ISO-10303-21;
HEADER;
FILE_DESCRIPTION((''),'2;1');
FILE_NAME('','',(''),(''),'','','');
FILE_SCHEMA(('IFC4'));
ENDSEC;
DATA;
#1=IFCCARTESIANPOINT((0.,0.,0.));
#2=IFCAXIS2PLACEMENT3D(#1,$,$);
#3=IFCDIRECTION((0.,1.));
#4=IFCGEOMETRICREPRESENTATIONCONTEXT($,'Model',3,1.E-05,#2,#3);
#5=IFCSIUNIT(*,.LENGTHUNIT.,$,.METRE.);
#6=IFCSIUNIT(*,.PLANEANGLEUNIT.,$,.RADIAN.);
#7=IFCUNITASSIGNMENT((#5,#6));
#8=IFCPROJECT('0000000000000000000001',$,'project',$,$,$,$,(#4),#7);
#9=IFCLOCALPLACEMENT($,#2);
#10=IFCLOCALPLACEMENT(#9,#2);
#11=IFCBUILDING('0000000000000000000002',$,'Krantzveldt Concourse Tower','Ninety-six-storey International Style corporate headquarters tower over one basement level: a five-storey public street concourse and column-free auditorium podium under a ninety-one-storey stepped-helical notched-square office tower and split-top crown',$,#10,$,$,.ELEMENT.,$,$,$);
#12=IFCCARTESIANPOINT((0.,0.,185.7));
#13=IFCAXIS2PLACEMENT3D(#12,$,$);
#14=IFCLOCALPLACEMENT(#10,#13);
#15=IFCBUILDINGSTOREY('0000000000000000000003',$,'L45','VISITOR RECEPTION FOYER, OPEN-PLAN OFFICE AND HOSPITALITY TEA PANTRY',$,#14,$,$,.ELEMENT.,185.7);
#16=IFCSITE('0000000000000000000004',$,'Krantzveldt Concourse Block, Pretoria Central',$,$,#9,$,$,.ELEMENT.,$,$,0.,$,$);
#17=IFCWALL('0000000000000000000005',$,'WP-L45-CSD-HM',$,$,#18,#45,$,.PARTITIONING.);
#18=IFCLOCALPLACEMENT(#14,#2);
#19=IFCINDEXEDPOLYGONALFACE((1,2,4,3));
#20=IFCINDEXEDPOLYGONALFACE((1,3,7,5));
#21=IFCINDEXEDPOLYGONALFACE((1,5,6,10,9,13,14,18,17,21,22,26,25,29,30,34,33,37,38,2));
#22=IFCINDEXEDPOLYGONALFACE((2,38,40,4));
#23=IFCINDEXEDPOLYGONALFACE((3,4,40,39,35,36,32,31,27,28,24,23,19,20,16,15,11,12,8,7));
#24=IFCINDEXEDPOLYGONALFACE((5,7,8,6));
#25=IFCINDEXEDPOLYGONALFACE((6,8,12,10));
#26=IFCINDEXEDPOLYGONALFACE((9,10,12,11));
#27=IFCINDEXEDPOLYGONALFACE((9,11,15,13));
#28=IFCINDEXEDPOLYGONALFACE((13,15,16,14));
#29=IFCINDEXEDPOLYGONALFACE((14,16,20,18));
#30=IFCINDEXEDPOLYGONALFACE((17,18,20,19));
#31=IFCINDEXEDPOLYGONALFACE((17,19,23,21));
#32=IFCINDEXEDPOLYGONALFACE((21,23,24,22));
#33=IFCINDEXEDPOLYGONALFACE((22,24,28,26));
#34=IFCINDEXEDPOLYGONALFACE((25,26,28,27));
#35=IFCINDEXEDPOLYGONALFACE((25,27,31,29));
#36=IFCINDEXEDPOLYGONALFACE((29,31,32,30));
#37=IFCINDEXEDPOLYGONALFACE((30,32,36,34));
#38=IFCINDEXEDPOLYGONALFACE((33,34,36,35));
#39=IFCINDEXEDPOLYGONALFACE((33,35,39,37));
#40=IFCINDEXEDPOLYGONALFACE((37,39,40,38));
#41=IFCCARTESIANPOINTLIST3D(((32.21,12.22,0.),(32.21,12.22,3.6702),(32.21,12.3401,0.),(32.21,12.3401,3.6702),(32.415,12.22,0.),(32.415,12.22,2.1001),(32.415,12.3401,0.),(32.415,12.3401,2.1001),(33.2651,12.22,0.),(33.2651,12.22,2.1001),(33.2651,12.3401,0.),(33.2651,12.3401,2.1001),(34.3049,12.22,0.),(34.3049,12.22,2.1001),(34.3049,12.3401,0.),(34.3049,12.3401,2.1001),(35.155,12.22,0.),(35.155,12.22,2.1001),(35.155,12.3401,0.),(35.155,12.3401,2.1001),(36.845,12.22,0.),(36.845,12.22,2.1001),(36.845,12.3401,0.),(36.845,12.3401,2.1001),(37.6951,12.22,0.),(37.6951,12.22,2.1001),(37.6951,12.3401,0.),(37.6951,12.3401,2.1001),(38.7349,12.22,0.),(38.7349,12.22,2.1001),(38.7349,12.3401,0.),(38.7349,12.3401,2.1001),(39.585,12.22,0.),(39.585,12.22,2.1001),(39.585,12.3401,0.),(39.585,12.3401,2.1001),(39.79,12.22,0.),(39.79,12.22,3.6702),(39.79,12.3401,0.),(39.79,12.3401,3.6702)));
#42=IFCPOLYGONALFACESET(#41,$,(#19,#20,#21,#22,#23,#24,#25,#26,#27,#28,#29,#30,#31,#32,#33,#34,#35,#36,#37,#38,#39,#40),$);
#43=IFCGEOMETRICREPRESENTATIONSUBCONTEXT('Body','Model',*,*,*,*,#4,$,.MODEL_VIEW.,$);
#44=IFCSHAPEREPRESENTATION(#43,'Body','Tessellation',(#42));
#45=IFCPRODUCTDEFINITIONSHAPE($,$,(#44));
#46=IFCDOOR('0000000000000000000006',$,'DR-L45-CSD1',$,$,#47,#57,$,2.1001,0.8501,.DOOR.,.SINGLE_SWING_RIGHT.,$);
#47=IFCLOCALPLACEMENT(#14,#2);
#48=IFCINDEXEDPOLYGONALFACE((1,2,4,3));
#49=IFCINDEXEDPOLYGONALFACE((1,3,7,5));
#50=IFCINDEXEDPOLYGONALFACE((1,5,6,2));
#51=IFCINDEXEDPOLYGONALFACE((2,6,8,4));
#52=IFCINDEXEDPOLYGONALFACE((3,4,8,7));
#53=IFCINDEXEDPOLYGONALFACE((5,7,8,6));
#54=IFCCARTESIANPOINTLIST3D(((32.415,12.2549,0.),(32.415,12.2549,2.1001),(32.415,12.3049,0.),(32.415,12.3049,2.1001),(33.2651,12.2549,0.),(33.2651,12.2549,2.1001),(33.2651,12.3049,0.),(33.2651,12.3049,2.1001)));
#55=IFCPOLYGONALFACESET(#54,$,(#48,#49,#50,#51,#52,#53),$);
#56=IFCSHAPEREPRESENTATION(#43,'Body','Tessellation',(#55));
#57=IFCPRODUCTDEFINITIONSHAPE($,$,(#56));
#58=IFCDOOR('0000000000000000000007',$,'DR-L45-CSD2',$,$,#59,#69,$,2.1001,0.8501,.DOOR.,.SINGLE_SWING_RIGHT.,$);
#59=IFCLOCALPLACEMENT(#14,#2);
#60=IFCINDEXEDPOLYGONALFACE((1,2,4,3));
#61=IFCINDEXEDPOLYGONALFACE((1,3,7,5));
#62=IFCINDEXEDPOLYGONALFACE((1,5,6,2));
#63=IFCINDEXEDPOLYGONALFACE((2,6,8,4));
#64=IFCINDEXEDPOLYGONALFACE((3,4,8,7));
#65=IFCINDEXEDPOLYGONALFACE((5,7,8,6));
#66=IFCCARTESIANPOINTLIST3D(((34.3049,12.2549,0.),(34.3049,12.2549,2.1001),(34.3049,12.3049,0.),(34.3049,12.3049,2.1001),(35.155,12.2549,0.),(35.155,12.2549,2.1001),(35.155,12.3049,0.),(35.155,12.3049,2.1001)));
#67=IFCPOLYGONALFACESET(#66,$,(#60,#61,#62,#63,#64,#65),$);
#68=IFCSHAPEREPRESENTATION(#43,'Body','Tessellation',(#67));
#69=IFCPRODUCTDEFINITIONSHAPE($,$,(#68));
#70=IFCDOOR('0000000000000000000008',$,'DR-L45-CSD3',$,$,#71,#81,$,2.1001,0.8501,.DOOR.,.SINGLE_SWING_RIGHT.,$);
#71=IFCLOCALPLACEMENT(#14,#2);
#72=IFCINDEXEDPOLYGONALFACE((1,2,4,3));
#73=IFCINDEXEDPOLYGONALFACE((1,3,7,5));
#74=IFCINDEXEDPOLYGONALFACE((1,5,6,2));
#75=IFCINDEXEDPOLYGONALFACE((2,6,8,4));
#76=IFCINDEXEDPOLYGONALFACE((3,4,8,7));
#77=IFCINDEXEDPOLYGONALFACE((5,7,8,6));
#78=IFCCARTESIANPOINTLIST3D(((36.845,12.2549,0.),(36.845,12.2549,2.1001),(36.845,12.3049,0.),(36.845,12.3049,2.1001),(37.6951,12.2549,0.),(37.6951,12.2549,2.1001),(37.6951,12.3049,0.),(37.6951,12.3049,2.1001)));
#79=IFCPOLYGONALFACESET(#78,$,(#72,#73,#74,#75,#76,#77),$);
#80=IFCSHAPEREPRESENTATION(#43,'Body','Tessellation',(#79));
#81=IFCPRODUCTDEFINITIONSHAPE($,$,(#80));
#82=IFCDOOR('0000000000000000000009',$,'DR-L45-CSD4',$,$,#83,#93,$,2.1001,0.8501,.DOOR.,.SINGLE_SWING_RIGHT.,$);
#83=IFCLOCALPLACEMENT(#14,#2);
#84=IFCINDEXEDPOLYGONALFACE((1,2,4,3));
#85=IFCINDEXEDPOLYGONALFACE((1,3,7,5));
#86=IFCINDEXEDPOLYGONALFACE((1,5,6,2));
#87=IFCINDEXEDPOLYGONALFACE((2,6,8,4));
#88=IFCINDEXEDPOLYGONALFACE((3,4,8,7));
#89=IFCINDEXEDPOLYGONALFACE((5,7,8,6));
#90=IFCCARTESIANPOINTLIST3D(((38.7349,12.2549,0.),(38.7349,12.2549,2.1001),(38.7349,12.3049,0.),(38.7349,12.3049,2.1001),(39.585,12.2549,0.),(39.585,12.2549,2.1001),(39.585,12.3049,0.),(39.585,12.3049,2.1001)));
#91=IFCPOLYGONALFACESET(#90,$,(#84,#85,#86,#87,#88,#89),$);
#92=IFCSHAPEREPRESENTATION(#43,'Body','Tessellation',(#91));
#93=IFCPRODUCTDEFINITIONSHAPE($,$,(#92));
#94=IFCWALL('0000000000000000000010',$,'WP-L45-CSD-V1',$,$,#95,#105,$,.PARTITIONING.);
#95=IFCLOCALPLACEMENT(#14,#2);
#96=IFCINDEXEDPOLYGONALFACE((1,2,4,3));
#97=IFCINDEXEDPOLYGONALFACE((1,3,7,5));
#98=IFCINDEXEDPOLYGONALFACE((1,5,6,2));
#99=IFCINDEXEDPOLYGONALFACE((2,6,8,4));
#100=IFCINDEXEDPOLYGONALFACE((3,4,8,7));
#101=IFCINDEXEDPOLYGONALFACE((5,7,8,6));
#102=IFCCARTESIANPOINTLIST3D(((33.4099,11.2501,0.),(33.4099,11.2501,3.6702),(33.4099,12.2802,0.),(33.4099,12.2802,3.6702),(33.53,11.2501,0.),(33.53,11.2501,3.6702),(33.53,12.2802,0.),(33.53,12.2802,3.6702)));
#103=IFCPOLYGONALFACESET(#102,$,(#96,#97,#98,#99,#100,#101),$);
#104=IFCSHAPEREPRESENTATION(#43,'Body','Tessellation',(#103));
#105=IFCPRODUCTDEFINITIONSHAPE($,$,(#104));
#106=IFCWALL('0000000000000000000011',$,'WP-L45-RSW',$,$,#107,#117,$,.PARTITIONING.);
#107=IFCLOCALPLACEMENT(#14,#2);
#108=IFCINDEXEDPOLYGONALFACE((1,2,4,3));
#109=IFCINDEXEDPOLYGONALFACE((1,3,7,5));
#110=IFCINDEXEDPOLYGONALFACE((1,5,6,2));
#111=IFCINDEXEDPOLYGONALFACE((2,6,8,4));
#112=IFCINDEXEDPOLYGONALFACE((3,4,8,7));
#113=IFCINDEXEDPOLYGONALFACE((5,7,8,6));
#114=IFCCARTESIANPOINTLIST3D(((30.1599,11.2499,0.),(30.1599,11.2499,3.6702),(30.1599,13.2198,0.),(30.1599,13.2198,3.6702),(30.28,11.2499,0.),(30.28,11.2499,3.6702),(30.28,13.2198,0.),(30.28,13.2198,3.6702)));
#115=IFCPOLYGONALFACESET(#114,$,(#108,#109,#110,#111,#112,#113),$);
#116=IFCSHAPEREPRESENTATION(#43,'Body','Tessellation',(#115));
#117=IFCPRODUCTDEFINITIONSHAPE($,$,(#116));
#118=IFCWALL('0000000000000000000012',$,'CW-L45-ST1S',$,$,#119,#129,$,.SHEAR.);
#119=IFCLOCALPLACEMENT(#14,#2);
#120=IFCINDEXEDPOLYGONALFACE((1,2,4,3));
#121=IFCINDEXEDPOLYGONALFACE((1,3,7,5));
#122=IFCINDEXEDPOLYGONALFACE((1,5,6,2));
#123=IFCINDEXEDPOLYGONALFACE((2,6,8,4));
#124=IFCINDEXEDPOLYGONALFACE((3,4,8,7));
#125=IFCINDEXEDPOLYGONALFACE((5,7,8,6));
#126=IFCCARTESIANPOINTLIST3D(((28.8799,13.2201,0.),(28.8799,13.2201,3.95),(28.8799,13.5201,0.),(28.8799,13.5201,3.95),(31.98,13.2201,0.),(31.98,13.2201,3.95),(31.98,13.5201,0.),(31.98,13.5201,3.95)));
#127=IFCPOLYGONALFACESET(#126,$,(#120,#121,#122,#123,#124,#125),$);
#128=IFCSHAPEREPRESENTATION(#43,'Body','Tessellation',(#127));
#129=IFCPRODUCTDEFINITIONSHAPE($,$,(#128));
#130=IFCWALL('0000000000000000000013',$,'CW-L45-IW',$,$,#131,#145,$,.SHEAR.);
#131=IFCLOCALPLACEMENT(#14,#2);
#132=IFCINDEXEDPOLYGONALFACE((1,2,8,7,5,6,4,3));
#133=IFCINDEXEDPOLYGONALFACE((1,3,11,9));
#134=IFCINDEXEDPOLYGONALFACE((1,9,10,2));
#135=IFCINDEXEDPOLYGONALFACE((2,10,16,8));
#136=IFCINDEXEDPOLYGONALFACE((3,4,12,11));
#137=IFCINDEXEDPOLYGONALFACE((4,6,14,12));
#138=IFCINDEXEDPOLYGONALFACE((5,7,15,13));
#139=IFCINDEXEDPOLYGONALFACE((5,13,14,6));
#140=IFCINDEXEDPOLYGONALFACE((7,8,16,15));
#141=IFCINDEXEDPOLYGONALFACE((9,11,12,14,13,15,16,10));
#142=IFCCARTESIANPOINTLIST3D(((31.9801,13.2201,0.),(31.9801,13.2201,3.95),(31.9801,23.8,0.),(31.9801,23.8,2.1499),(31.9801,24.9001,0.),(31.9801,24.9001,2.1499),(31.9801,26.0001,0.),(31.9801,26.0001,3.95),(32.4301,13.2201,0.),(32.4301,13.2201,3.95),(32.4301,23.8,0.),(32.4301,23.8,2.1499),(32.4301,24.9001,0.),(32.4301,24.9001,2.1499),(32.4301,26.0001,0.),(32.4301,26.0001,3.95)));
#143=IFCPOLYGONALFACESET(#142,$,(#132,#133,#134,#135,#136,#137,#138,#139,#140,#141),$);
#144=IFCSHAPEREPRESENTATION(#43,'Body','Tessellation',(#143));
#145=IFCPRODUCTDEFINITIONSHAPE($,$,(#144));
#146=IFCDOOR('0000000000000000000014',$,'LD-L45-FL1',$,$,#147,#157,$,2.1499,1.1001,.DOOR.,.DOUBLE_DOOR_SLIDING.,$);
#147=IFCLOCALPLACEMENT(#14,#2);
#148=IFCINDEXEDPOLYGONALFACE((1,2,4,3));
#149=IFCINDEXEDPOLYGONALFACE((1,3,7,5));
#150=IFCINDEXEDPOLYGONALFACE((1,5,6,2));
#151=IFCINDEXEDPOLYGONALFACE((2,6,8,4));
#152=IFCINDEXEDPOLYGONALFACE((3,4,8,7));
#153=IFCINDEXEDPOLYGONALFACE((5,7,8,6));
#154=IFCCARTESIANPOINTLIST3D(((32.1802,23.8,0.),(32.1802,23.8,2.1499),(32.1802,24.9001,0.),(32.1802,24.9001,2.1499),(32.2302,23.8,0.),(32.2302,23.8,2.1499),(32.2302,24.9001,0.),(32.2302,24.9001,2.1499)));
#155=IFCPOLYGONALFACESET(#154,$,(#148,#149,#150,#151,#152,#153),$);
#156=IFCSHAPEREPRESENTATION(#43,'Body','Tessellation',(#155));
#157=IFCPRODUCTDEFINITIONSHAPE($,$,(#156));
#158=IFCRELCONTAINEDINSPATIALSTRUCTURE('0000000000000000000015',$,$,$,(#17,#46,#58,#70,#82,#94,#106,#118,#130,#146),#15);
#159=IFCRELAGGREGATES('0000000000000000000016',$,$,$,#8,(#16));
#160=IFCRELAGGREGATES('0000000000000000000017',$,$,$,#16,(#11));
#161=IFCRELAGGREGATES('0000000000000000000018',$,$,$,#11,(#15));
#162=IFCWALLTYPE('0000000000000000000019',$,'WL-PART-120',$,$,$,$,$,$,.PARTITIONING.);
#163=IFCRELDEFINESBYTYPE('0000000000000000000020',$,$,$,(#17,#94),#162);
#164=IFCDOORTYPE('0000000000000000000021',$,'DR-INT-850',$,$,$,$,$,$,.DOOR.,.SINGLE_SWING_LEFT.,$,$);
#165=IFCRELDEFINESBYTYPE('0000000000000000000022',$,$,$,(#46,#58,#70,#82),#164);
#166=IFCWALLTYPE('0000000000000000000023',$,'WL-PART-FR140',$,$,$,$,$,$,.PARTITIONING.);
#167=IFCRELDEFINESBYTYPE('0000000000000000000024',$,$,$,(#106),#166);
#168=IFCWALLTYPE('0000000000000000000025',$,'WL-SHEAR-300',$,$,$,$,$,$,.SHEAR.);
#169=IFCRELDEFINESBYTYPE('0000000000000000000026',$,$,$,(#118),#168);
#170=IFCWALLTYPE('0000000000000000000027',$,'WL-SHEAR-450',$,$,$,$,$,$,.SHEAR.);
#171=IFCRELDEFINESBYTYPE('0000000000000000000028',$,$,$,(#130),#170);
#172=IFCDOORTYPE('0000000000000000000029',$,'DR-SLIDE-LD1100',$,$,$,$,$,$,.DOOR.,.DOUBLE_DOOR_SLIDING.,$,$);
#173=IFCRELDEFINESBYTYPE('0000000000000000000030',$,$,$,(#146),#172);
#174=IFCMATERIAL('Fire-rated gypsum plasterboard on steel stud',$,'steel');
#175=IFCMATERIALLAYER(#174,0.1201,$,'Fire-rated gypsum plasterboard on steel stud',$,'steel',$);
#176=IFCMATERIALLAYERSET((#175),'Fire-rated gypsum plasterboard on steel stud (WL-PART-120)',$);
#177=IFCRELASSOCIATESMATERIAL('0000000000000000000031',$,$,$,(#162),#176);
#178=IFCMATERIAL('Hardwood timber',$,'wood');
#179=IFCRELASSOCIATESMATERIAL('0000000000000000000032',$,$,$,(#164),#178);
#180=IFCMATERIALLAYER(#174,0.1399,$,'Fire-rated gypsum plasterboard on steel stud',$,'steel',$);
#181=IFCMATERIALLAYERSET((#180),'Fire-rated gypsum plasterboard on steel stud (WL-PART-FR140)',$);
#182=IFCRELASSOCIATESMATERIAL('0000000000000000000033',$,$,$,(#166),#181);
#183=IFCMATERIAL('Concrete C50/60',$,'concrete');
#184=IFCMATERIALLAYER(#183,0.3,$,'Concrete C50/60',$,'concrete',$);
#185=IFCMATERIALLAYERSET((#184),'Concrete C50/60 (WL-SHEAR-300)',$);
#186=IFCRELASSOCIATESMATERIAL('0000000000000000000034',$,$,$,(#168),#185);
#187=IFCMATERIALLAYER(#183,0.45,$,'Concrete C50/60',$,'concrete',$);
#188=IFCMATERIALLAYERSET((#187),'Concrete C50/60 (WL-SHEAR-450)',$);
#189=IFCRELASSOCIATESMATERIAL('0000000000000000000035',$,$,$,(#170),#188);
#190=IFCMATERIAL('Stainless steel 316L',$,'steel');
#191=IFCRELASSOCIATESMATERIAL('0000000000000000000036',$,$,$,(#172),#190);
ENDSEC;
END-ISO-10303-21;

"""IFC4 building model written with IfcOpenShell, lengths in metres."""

from ifc_helpers import new_model, si_unit, direction, frame, frame_2d, origin, place, context, subcontext, project, spatial, rectangle, extrude, material, layer, layer_set, type_object, element, fill, save


model = new_model("IFC4")

# Units and contexts
model_context = context("Model", 3, precision=1e-05, world=origin(), true_north=direction((0.0, 1.0)))
body_context = subcontext(model_context, "Body", "Model", "MODEL_VIEW")
ifc_project = project(units=[si_unit("LENGTHUNIT", "METRE"), si_unit("PLANEANGLEUNIT", "RADIAN")], contexts=[model_context])

# Site, building, storey
site_placement = place(None, origin())
site = spatial("IfcSite", under=ifc_project, at=site_placement, Name="Krantzveldt Concourse Block, Pretoria Central", CompositionType="ELEMENT", RefElevation=0.0)
building_placement = place(site_placement, origin())
building = spatial("IfcBuilding", under=site, at=building_placement, Name="Krantzveldt Concourse Tower", Description="Ninety-six-storey International Style corporate headquarters tower over one basement level: a five-storey public street concourse and column-free auditorium podium under a ninety-one-storey stepped-helical notched-square office tower and split-top crown", CompositionType="ELEMENT")
storey_placement = place(building_placement, frame((0.0, 0.0, 185.7)))
storey = spatial("IfcBuildingStorey", under=building, at=storey_placement, Name="L45", Description="VISITOR RECEPTION FOYER, OPEN-PLAN OFFICE AND HOSPITALITY TEA PANTRY", CompositionType="ELEMENT", Elevation=185.7)

# Shared definitions
ifc_material_1 = material(Name="Fire-rated gypsum plasterboard on steel stud", Category="steel")
ifc_layer_1 = layer(ifc_material_1, 0.1201, Name="Fire-rated gypsum plasterboard on steel stud", Category="steel")
ifc_layer_set_1 = layer_set([ifc_layer_1], Name="Fire-rated gypsum plasterboard on steel stud (WL-PART-120)")
wall_type_1 = type_object("IfcWallType", Name="WL-PART-120", PredefinedType="PARTITIONING", material=ifc_layer_set_1)
ifc_material_2 = material(Name="Hardwood timber", Category="wood")
door_type_1 = type_object("IfcDoorType", Name="DR-INT-850", OperationType="SINGLE_SWING_LEFT", PredefinedType="DOOR", material=ifc_material_2)

# Wall, openings, doors
wall_1_placement = place(storey_placement, frame((32.21, 12.28, 0.0), z_axis=(0.0, 0.0, 1.0), x_axis=(1.0, 0.0, 0.0)))
wall_1 = element("IfcWall", 1, at=wall_1_placement, inside=storey, type_object=wall_type_1, Name="WP-L45-CSD-HM", PredefinedType="PARTITIONING", context=body_context, shape_type="SweptSolid", body=[
    extrude(rectangle(XDim=7.5801, YDim=0.1201, at=frame_2d((3.79, 0.0))), origin(), (0.0, 0.0, 1.0), 3.6702),
])
opening_1_placement = place(wall_1_placement, frame((0.2051, 0.0, 0.0)))
opening_1 = element("IfcOpeningElement", 2, at=opening_1_placement, cuts=wall_1, PredefinedType="OPENING", context=body_context, shape_type="SweptSolid", body=[
    extrude(rectangle(XDim=0.8501, YDim=2.1001, at=frame_2d((0.425, 1.05))), frame((0.0, 0.0701, 0.0), z_axis=(0.0, -1.0, 0.0), x_axis=(1.0, 0.0, 0.0)), (0.0, 0.0, 1.0), 0.1401),
])
opening_2_placement = place(wall_1_placement, frame((2.095, 0.0, 0.0)))
opening_2 = element("IfcOpeningElement", 3, at=opening_2_placement, cuts=wall_1, PredefinedType="OPENING", context=body_context, shape_type="SweptSolid", body=[
    extrude(rectangle(XDim=0.8501, YDim=2.1001, at=frame_2d((0.425, 1.05))), frame((0.0, 0.0701, 0.0), z_axis=(0.0, -1.0, 0.0), x_axis=(1.0, 0.0, 0.0)), (0.0, 0.0, 1.0), 0.1401),
])
opening_3_placement = place(wall_1_placement, frame((4.635, 0.0, 0.0)))
opening_3 = element("IfcOpeningElement", 4, at=opening_3_placement, cuts=wall_1, PredefinedType="OPENING", context=body_context, shape_type="SweptSolid", body=[
    extrude(rectangle(XDim=0.8501, YDim=2.1001, at=frame_2d((0.425, 1.05))), frame((0.0, 0.0701, 0.0), z_axis=(0.0, -1.0, 0.0), x_axis=(1.0, 0.0, 0.0)), (0.0, 0.0, 1.0), 0.1401),
])
opening_4_placement = place(wall_1_placement, frame((6.5249, 0.0, 0.0)))
opening_4 = element("IfcOpeningElement", 5, at=opening_4_placement, cuts=wall_1, PredefinedType="OPENING", context=body_context, shape_type="SweptSolid", body=[
    extrude(rectangle(XDim=0.8501, YDim=2.1001, at=frame_2d((0.425, 1.05))), frame((0.0, 0.0701, 0.0), z_axis=(0.0, -1.0, 0.0), x_axis=(1.0, 0.0, 0.0)), (0.0, 0.0, 1.0), 0.1401),
])
door_1_placement = place(opening_1_placement, origin())
door_1 = element("IfcDoor", 6, at=door_1_placement, inside=storey, type_object=door_type_1, Name="DR-L45-CSD1", OperationType="SINGLE_SWING_RIGHT", OverallHeight=2.1001, OverallWidth=0.8501, PredefinedType="DOOR", context=body_context, shape_type="SweptSolid", body=[
    extrude(rectangle(XDim=0.8501, YDim=2.1001, at=frame_2d((0.425, 1.05))), frame((0.0, 0.0249, 0.0), z_axis=(0.0, -1.0, 0.0), x_axis=(1.0, 0.0, 0.0)), (0.0, 0.0, 1.0), 0.05),
])
fill(opening_1, door_1)
door_2_placement = place(opening_2_placement, origin())
door_2 = element("IfcDoor", 7, at=door_2_placement, inside=storey, type_object=door_type_1, Name="DR-L45-CSD2", OperationType="SINGLE_SWING_RIGHT", OverallHeight=2.1001, OverallWidth=0.8501, PredefinedType="DOOR", context=body_context, shape_type="SweptSolid", body=[
    extrude(rectangle(XDim=0.8501, YDim=2.1001, at=frame_2d((0.425, 1.05))), frame((0.0, 0.0249, 0.0), z_axis=(0.0, -1.0, 0.0), x_axis=(1.0, 0.0, 0.0)), (0.0, 0.0, 1.0), 0.05),
])
fill(opening_2, door_2)
door_3_placement = place(opening_3_placement, origin())
door_3 = element("IfcDoor", 8, at=door_3_placement, inside=storey, type_object=door_type_1, Name="DR-L45-CSD3", OperationType="SINGLE_SWING_RIGHT", OverallHeight=2.1001, OverallWidth=0.8501, PredefinedType="DOOR", context=body_context, shape_type="SweptSolid", body=[
    extrude(rectangle(XDim=0.8501, YDim=2.1001, at=frame_2d((0.425, 1.05))), frame((0.0, 0.0249, 0.0), z_axis=(0.0, -1.0, 0.0), x_axis=(1.0, 0.0, 0.0)), (0.0, 0.0, 1.0), 0.05),
])
fill(opening_3, door_3)
door_4_placement = place(opening_4_placement, origin())
door_4 = element("IfcDoor", 9, at=door_4_placement, inside=storey, type_object=door_type_1, Name="DR-L45-CSD4", OperationType="SINGLE_SWING_RIGHT", OverallHeight=2.1001, OverallWidth=0.8501, PredefinedType="DOOR", context=body_context, shape_type="SweptSolid", body=[
    extrude(rectangle(XDim=0.8501, YDim=2.1001, at=frame_2d((0.425, 1.05))), frame((0.0, 0.0249, 0.0), z_axis=(0.0, -1.0, 0.0), x_axis=(1.0, 0.0, 0.0)), (0.0, 0.0, 1.0), 0.05),
])
fill(opening_4, door_4)

# Walls
wall_2_placement = place(storey_placement, frame((33.47, 11.25, 0.0), z_axis=(0.0, 0.0, 1.0), x_axis=(0.0, 1.0, 0.0)))
element("IfcWall", 10, at=wall_2_placement, inside=storey, type_object=wall_type_1, Name="WP-L45-CSD-V1", PredefinedType="PARTITIONING", context=body_context, shape_type="SweptSolid", body=[
    extrude(rectangle(XDim=1.03, YDim=0.1201, at=frame_2d((0.5151, 0.0))), origin(), (0.0, 0.0, 1.0), 3.6702),
])
ifc_layer_2 = layer(ifc_material_1, 0.1399, Name="Fire-rated gypsum plasterboard on steel stud", Category="steel")
ifc_layer_set_2 = layer_set([ifc_layer_2], Name="Fire-rated gypsum plasterboard on steel stud (WL-PART-FR140)")
wall_type_2 = type_object("IfcWallType", Name="WL-PART-FR140", PredefinedType="PARTITIONING", material=ifc_layer_set_2)
wall_3_placement = place(storey_placement, frame((30.22, 11.25, 0.0), z_axis=(0.0, 0.0, 1.0), x_axis=(0.0, 1.0, 0.0)))
element("IfcWall", 11, at=wall_3_placement, inside=storey, type_object=wall_type_2, Name="WP-L45-RSW", PredefinedType="PARTITIONING", context=body_context, shape_type="SweptSolid", body=[
    extrude(rectangle(XDim=1.97, YDim=0.1201, at=frame_2d((0.9849, 0.0))), origin(), (0.0, 0.0, 1.0), 3.6702),
])
ifc_material_3 = material(Name="Concrete C50/60", Category="concrete")
ifc_layer_3 = layer(ifc_material_3, 0.3, Name="Concrete C50/60", Category="concrete")
ifc_layer_set_3 = layer_set([ifc_layer_3], Name="Concrete C50/60 (WL-SHEAR-300)")
wall_type_3 = type_object("IfcWallType", Name="WL-SHEAR-300", PredefinedType="SHEAR", material=ifc_layer_set_3)
wall_4_placement = place(storey_placement, frame((28.8799, 13.3701, 0.0), z_axis=(0.0, 0.0, 1.0), x_axis=(1.0, 0.0, 0.0)))
element("IfcWall", 12, at=wall_4_placement, inside=storey, type_object=wall_type_3, Name="CW-L45-ST1S", PredefinedType="SHEAR", context=body_context, shape_type="SweptSolid", body=[
    extrude(rectangle(XDim=3.1001, YDim=0.3, at=frame_2d((1.55, 0.0))), origin(), (0.0, 0.0, 1.0), 3.95),
])

# Wall, opening, door
ifc_layer_4 = layer(ifc_material_3, 0.45, Name="Concrete C50/60", Category="concrete")
ifc_layer_set_4 = layer_set([ifc_layer_4], Name="Concrete C50/60 (WL-SHEAR-450)")
wall_type_4 = type_object("IfcWallType", Name="WL-SHEAR-450", PredefinedType="SHEAR", material=ifc_layer_set_4)
wall_5_placement = place(storey_placement, frame((32.2051, 13.22, 0.0), z_axis=(0.0, 0.0, 1.0), x_axis=(0.0, 1.0, 0.0)))
wall_5 = element("IfcWall", 13, at=wall_5_placement, inside=storey, type_object=wall_type_4, Name="CW-L45-IW", PredefinedType="SHEAR", context=body_context, shape_type="SweptSolid", body=[
    extrude(rectangle(XDim=12.78, YDim=0.45, at=frame_2d((6.3901, 0.0))), origin(), (0.0, 0.0, 1.0), 3.95),
])
opening_5_placement = place(wall_5_placement, frame((10.5801, 0.0, 0.0)))
opening_5 = element("IfcOpeningElement", 14, at=opening_5_placement, cuts=wall_5, PredefinedType="OPENING", context=body_context, shape_type="SweptSolid", body=[
    extrude(rectangle(XDim=1.1001, YDim=2.1499, at=frame_2d((0.55, 1.075))), frame((0.0, 0.2349, 0.0), z_axis=(0.0, -1.0, 0.0), x_axis=(1.0, 0.0, 0.0)), (0.0, 0.0, 1.0), 0.47),
])
ifc_material_4 = material(Name="Stainless steel 316L", Category="steel")
door_type_2 = type_object("IfcDoorType", Name="DR-SLIDE-LD1100", OperationType="DOUBLE_DOOR_SLIDING", PredefinedType="DOOR", material=ifc_material_4)
door_5_placement = place(opening_5_placement, origin())
door_5 = element("IfcDoor", 15, at=door_5_placement, inside=storey, type_object=door_type_2, Name="LD-L45-FL1", OperationType="DOUBLE_DOOR_SLIDING", OverallHeight=2.1499, OverallWidth=1.1001, PredefinedType="DOOR", context=body_context, shape_type="SweptSolid", body=[
    extrude(rectangle(XDim=1.1001, YDim=2.1499, at=frame_2d((0.55, 1.075))), frame((0.0, 0.0249, 0.0), z_axis=(0.0, -1.0, 0.0), x_axis=(1.0, 0.0, 0.0)), (0.0, 0.0, 1.0), 0.05),
])
fill(opening_5, door_5)

save(model, "model.ifc")
